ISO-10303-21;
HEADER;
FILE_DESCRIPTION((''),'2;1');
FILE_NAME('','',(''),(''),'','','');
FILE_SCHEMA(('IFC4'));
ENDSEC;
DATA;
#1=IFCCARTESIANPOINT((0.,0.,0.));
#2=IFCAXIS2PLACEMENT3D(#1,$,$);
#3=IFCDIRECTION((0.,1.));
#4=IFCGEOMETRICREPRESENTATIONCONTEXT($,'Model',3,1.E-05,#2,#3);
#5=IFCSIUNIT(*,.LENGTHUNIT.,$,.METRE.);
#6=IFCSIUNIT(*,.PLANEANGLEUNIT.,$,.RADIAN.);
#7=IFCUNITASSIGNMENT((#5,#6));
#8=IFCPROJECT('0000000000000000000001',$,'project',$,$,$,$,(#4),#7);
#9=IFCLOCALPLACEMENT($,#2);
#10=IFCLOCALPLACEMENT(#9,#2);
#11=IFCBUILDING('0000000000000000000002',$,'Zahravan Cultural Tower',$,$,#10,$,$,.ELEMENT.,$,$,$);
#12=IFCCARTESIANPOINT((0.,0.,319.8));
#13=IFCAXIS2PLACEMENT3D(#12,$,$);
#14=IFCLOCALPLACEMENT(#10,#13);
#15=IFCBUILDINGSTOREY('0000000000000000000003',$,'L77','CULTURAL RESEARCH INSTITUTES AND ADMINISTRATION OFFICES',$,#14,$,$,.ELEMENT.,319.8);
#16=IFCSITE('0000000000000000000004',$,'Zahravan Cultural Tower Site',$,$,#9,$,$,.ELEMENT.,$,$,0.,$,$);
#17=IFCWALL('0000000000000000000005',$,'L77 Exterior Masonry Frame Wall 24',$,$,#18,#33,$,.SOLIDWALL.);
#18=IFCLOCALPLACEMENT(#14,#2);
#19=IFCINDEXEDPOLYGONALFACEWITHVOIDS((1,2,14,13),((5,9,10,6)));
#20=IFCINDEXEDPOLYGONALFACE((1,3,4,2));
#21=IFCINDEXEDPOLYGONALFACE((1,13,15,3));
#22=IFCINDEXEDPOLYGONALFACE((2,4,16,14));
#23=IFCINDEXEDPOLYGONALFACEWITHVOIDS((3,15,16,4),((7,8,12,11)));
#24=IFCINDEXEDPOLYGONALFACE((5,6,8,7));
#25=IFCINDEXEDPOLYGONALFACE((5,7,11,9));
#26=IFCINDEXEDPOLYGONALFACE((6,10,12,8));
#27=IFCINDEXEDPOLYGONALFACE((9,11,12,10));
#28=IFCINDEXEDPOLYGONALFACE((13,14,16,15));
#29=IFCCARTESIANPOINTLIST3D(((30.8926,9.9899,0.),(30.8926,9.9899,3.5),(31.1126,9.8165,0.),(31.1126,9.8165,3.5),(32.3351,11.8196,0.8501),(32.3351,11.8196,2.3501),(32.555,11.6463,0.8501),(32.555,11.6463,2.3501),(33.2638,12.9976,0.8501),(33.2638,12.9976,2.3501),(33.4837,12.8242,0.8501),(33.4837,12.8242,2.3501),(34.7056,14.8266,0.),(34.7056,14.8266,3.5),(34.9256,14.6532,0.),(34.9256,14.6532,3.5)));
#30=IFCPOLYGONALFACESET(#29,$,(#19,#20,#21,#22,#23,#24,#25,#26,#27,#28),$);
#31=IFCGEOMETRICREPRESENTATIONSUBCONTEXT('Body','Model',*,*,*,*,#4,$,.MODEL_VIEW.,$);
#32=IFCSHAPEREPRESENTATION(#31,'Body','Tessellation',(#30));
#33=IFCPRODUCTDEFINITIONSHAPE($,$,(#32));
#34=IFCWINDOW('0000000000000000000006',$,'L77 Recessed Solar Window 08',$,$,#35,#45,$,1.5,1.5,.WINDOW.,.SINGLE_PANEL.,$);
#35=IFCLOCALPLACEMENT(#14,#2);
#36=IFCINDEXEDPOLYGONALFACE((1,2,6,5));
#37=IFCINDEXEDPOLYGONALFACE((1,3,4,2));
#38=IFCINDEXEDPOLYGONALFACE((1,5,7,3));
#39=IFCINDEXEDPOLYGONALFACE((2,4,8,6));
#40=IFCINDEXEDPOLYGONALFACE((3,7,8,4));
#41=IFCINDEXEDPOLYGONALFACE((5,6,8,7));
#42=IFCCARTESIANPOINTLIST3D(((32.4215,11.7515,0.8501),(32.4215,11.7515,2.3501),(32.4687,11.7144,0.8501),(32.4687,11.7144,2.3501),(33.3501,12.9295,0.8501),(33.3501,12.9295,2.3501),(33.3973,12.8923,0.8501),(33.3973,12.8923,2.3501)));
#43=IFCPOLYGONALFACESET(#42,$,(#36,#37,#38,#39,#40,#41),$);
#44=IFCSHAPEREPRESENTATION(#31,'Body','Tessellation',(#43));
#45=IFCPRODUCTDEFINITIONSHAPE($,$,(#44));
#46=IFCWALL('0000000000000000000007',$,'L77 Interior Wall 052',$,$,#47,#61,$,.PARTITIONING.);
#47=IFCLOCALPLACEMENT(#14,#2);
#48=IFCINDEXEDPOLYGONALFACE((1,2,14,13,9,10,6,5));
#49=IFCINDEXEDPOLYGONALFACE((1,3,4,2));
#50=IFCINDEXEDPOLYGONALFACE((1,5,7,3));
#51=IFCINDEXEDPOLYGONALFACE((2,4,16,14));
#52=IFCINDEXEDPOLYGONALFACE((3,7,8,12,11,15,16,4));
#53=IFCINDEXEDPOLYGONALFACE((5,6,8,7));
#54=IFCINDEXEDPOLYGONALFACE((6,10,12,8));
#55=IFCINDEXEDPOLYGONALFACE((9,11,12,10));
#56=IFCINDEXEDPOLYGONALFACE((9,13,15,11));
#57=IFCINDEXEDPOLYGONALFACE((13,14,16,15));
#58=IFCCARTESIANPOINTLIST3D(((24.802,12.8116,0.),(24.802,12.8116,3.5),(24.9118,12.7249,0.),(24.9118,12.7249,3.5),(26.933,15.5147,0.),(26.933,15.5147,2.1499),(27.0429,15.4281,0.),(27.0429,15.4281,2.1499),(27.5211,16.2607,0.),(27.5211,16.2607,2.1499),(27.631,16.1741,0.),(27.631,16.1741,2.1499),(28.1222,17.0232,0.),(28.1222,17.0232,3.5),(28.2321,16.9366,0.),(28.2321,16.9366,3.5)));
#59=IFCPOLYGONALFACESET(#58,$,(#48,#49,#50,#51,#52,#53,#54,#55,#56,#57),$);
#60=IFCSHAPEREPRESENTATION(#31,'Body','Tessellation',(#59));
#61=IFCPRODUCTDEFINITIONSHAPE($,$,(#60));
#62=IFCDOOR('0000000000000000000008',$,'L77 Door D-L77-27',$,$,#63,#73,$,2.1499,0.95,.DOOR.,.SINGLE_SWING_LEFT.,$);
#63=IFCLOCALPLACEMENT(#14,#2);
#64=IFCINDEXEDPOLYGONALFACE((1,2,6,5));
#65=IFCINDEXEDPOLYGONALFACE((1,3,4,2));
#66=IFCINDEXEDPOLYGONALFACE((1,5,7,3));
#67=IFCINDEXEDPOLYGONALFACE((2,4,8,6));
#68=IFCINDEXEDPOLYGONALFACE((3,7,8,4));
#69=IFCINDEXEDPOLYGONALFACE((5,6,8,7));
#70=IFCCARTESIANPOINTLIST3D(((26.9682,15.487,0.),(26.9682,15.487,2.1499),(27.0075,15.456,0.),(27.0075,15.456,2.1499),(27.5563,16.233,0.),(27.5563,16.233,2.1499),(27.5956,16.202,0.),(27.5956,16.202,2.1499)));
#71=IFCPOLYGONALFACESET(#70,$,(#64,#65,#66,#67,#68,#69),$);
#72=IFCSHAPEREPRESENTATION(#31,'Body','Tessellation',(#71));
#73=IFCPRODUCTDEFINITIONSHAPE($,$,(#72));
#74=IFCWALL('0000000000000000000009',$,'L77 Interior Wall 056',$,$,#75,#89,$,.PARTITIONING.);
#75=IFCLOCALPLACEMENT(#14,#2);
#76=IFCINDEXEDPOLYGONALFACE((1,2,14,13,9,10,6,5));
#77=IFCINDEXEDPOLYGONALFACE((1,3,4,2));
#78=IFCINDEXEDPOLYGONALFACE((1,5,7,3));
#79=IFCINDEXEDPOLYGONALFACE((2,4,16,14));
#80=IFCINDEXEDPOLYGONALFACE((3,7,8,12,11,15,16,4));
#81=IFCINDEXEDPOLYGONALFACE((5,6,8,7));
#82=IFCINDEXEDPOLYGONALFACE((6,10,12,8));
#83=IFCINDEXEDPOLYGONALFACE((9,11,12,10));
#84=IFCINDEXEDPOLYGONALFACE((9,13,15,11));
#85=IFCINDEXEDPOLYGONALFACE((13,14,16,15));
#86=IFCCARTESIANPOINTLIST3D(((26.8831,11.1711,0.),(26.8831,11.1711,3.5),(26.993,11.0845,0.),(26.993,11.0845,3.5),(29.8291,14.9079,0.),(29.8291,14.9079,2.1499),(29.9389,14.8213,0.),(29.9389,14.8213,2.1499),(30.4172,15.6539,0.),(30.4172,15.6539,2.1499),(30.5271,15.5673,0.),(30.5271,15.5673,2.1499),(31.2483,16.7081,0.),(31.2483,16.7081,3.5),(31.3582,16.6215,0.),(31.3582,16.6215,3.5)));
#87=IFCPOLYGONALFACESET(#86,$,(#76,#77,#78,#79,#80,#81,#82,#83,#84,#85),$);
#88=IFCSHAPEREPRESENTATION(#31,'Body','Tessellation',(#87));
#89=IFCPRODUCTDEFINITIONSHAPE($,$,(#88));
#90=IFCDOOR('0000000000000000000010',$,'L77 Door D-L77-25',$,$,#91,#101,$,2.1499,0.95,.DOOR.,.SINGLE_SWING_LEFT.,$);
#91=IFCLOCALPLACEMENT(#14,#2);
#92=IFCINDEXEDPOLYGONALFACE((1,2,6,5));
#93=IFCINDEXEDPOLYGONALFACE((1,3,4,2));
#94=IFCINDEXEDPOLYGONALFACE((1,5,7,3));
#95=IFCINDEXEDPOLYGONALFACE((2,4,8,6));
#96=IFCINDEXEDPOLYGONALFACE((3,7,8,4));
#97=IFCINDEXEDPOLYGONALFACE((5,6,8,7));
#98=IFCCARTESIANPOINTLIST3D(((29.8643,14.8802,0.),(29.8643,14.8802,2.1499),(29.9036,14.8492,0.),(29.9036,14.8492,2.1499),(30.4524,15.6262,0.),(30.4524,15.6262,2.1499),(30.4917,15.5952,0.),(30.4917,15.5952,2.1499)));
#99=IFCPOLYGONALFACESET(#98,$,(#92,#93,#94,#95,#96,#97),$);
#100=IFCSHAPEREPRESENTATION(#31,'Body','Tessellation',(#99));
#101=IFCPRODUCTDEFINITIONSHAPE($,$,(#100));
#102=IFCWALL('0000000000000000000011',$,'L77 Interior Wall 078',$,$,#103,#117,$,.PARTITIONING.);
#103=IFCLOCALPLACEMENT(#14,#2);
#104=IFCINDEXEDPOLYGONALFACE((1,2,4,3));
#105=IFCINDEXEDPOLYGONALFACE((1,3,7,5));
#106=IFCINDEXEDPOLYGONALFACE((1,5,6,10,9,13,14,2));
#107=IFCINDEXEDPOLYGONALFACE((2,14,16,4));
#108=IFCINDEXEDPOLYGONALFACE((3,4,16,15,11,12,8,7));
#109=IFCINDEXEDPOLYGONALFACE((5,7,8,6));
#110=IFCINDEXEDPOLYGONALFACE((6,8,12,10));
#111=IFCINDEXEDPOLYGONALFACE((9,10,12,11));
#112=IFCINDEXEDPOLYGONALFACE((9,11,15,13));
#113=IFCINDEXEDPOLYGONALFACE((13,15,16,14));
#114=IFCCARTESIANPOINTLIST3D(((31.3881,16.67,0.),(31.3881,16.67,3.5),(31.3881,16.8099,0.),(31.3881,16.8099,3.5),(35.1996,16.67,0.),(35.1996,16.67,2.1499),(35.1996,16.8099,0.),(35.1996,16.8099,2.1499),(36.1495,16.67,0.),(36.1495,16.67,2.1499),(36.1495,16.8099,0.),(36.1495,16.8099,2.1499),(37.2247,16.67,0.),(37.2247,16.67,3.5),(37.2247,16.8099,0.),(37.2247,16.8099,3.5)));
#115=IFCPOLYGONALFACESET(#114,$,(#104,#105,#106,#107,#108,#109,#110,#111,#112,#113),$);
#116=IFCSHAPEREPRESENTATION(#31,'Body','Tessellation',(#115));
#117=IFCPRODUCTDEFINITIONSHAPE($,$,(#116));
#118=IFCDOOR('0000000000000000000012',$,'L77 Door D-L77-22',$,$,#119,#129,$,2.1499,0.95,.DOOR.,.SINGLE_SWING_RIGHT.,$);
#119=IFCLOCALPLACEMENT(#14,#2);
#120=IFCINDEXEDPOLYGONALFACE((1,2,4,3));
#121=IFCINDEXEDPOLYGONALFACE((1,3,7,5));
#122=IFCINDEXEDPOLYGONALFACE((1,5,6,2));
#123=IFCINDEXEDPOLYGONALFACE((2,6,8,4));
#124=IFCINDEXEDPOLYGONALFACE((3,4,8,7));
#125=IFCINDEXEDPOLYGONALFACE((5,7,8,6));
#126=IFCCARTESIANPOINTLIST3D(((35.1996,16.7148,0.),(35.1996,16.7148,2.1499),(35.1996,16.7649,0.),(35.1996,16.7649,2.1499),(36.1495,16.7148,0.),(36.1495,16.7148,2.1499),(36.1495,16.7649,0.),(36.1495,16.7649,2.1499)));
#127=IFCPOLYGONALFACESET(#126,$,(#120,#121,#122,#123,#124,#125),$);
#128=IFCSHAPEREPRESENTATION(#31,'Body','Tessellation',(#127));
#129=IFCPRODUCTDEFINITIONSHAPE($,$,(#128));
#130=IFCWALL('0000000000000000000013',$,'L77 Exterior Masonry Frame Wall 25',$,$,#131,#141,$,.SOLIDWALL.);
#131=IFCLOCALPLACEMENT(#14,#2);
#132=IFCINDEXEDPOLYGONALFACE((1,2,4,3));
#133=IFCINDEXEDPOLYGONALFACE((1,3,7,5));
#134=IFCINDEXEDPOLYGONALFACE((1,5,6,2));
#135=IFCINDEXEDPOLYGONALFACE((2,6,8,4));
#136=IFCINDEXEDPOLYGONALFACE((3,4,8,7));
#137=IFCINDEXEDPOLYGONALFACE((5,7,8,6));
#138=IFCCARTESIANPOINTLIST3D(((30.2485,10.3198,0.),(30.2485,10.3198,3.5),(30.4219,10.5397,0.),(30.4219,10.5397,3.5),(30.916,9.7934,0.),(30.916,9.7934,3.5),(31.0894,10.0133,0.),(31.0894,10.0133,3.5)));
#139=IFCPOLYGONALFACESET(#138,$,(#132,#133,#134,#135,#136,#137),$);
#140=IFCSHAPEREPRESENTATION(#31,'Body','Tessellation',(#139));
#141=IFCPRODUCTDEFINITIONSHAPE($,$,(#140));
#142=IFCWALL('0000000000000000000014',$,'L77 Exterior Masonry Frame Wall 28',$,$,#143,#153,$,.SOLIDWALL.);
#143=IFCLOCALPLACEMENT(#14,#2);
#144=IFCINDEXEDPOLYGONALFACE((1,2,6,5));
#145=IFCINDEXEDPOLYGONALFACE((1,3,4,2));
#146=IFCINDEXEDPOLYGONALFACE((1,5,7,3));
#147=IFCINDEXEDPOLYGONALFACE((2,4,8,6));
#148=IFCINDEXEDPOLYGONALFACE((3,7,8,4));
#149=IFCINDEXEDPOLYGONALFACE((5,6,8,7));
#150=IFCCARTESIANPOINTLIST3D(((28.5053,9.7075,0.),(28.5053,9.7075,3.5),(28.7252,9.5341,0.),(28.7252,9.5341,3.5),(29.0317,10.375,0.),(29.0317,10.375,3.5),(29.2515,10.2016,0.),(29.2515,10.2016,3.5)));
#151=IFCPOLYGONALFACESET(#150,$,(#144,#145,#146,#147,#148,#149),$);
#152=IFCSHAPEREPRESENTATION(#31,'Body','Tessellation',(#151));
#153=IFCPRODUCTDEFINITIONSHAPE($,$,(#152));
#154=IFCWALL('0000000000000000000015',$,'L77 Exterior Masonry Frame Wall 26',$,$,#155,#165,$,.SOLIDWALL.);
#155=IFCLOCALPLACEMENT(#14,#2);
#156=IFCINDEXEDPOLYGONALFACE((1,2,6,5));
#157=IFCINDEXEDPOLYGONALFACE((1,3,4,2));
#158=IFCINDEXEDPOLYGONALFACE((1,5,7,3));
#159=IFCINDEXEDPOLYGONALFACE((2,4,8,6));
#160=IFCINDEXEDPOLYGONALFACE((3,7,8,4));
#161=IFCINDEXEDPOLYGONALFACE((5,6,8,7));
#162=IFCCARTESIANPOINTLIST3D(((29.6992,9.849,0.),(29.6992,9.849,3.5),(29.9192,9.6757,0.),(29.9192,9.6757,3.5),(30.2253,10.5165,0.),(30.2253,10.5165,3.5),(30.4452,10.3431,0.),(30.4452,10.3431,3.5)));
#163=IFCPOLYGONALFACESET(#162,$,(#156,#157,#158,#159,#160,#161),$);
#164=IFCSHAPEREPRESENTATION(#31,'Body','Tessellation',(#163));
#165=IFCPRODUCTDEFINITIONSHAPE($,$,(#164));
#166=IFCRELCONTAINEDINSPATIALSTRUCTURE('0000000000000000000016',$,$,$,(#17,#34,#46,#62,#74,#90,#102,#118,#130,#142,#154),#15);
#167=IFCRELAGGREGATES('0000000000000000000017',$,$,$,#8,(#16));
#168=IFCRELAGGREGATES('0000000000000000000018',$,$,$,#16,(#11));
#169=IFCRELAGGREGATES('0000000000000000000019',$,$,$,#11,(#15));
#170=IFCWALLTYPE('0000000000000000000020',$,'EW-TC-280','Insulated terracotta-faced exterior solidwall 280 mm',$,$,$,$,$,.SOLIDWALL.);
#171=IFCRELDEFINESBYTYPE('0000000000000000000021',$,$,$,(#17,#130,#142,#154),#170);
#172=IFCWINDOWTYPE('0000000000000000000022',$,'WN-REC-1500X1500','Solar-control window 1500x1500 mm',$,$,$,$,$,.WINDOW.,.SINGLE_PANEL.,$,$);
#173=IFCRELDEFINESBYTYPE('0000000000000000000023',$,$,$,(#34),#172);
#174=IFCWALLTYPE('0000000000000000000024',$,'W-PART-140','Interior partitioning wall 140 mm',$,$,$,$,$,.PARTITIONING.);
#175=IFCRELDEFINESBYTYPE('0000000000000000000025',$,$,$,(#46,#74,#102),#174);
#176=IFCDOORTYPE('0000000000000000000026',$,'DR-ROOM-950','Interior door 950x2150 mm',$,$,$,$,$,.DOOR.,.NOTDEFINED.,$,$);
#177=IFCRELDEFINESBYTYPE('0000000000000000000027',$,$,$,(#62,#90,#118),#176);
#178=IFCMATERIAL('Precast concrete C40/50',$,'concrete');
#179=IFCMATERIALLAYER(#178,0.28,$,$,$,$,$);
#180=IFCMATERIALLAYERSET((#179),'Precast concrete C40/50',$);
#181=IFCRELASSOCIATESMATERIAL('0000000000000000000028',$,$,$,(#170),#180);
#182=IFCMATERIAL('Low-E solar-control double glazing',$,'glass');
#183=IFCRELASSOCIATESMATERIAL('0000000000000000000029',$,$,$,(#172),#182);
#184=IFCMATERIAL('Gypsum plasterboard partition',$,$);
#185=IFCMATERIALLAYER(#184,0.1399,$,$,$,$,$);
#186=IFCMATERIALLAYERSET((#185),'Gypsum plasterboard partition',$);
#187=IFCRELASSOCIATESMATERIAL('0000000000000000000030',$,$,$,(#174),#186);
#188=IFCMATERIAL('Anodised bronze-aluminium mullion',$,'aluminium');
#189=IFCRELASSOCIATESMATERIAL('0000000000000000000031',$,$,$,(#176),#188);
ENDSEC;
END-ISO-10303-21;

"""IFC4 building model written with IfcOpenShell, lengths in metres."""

from ifc_helpers import new_model, si_unit, direction, frame, frame_2d, origin, place, context, subcontext, project, spatial, rectangle, extrude, source, transform, mapped, material, layer, layer_set, type_object, element, fill, save


model = new_model("IFC4")

# Units and contexts
model_context = context("Model", 3, precision=1e-05, world=origin(), true_north=direction((0.0, 1.0)))
body_context = subcontext(model_context, "Body", "Model", "MODEL_VIEW")
ifc_project = project(units=[si_unit("LENGTHUNIT", "METRE"), si_unit("PLANEANGLEUNIT", "RADIAN")], contexts=[model_context])

# Site, building, storey
site_placement = place(None, origin())
site = spatial("IfcSite", under=ifc_project, at=site_placement, Name="Zahravan Cultural Tower Site", CompositionType="ELEMENT", RefElevation=0.0)
building_placement = place(site_placement, origin())
building = spatial("IfcBuilding", under=site, at=building_placement, Name="Zahravan Cultural Tower", CompositionType="ELEMENT")
storey_placement = place(building_placement, frame((0.0, 0.0, 319.8)))
storey = spatial("IfcBuildingStorey", under=building, at=storey_placement, Name="L77", Description="CULTURAL RESEARCH INSTITUTES AND ADMINISTRATION OFFICES", CompositionType="ELEMENT", Elevation=319.8)

# Wall, opening, window
ifc_material_1 = material(Name="Precast concrete C40/50", Category="concrete")
ifc_layer_1 = layer(ifc_material_1, 0.28)
ifc_layer_set_1 = layer_set([ifc_layer_1], Name="Precast concrete C40/50")
wall_type_1 = type_object("IfcWallType", Name="EW-TC-280", Description="Insulated terracotta-faced exterior solidwall 280 mm", PredefinedType="SOLIDWALL", material=ifc_layer_set_1)
wall_1_placement = place(storey_placement, frame((34.8157, 14.74, 0.0), z_axis=(0.0, 0.0, 1.0), x_axis=(-0.6191, -0.785312, 0.0)))
wall_1 = element("IfcWall", 1, at=wall_1_placement, inside=storey, type_object=wall_type_1, Name="L77 Exterior Masonry Frame Wall 24", PredefinedType="SOLIDWALL", context=body_context, shape_type="SweptSolid", body=[
    extrude(rectangle(XDim=6.1589, YDim=0.28, at=frame_2d((3.0796, 0.0))), origin(), (0.0, 0.0, 1.0), 3.5),
])
opening_1_placement = place(wall_1_placement, frame((2.3291, 0.0, 0.8501)))
opening_1 = element("IfcOpeningElement", 2, at=opening_1_placement, cuts=wall_1, PredefinedType="OPENING", context=body_context, shape_type="SweptSolid", body=[
    extrude(rectangle(XDim=1.5, YDim=1.5, at=frame_2d((0.75, 0.75))), frame((0.0, 0.1499, 0.0), z_axis=(0.0, -1.0, 0.0), x_axis=(1.0, 0.0, 0.0)), (0.0, 0.0, 1.0), 0.3),
])
ifc_material_2 = material(Name="Low-E solar-control double glazing", Category="glass")
window_type = type_object("IfcWindowType", Name="WN-REC-1500X1500", Description="Solar-control window 1500x1500 mm", PartitioningType="SINGLE_PANEL", PredefinedType="WINDOW", material=ifc_material_2)
shared_shape_1 = source(origin(), body_context, "Body", "SweptSolid", [
    extrude(rectangle(XDim=1.5, YDim=1.5, at=frame_2d((0.75, 0.75))), frame((0.0, 0.03, 0.0), z_axis=(0.0, -1.0, 0.0), x_axis=(1.0, 0.0, 0.0)), (0.0, 0.0, 1.0), 0.0601),
])
window_placement = place(opening_1_placement, origin())
window = element("IfcWindow", 3, at=window_placement, inside=storey, type_object=window_type, Name="L77 Recessed Solar Window 08", OverallHeight=1.5, OverallWidth=1.5, PartitioningType="SINGLE_PANEL", PredefinedType="WINDOW", context=body_context, shape_type="MappedRepresentation", body=[
    mapped(shared_shape_1, transform((0.0, 0.0, 0.0), x_axis=(1.0, 0.0, 0.0), y_axis=(0.0, 1.0, 0.0), z_axis=(0.0, 0.0, 1.0), scale=1.0)),
])
fill(opening_1, window)

# Walls, openings, doors
ifc_material_3 = material(Name="Gypsum plasterboard partition")
ifc_layer_2 = layer(ifc_material_3, 0.1399)
ifc_layer_set_2 = layer_set([ifc_layer_2], Name="Gypsum plasterboard partition")
wall_type_2 = type_object("IfcWallType", Name="W-PART-140", Description="Interior partitioning wall 140 mm", PredefinedType="PARTITIONING", material=ifc_layer_set_2)
wall_2_placement = place(storey_placement, frame((28.1772, 16.98, 0.0), z_axis=(0.0, 0.0, 1.0), x_axis=(-0.619105, -0.785308, 0.0)))
wall_2 = element("IfcWall", 4, at=wall_2_placement, inside=storey, type_object=wall_type_2, Name="L77 Interior Wall 052", PredefinedType="PARTITIONING", context=body_context, shape_type="SweptSolid", body=[
    extrude(rectangle(XDim=5.363, YDim=0.1399, at=frame_2d((2.6816, 0.0))), origin(), (0.0, 0.0, 1.0), 3.5),
])
opening_2_placement = place(wall_2_placement, frame((0.9709, 0.0, 0.0)))
opening_2 = element("IfcOpeningElement", 5, at=opening_2_placement, cuts=wall_2, PredefinedType="OPENING", context=body_context, shape_type="SweptSolid", body=[
    extrude(rectangle(XDim=0.95, YDim=2.1499, at=frame_2d((0.4751, 1.075))), frame((0.0, 0.0798, 0.0), z_axis=(0.0, -1.0, 0.0), x_axis=(1.0, 0.0, 0.0)), (0.0, 0.0, 1.0), 0.1599),
])
ifc_material_4 = material(Name="Anodised bronze-aluminium mullion", Category="aluminium")
door_type = type_object("IfcDoorType", Name="DR-ROOM-950", Description="Interior door 950x2150 mm", OperationType="NOTDEFINED", PredefinedType="DOOR", material=ifc_material_4)
shared_shape_2 = source(origin(), body_context, "Body", "SweptSolid", [
    extrude(rectangle(XDim=0.95, YDim=2.1499, at=frame_2d((0.4751, 1.075))), frame((0.0, 0.0249, 0.0), z_axis=(0.0, -1.0, 0.0), x_axis=(1.0, 0.0, 0.0)), (0.0, 0.0, 1.0), 0.05),
])
door_1_placement = place(opening_2_placement, origin())
door_1 = element("IfcDoor", 6, at=door_1_placement, inside=storey, type_object=door_type, Name="L77 Door D-L77-27", OperationType="SINGLE_SWING_LEFT", OverallHeight=2.1499, OverallWidth=0.95, PredefinedType="DOOR", context=body_context, shape_type="MappedRepresentation", body=[
    mapped(shared_shape_2, transform((0.0, 0.0, 0.0), x_axis=(1.0, 0.0, 0.0), y_axis=(0.0, 1.0, 0.0), z_axis=(0.0, 0.0, 1.0), scale=1.0)),
])
fill(opening_2, door_1)
wall_3_placement = place(storey_placement, frame((31.3032, 16.6648, 0.0), z_axis=(0.0, 0.0, 1.0), x_axis=(-0.619105, -0.785308, 0.0)))
wall_3 = element("IfcWall", 7, at=wall_3_placement, inside=storey, type_object=wall_type_2, Name="L77 Interior Wall 056", PredefinedType="PARTITIONING", context=body_context, shape_type="SweptSolid", body=[
    extrude(rectangle(XDim=7.0508, YDim=0.1399, at=frame_2d((3.5254, 0.0))), origin(), (0.0, 0.0, 1.0), 3.5),
])
opening_3_placement = place(wall_3_placement, frame((1.3423, 0.0, 0.0)))
opening_3 = element("IfcOpeningElement", 8, at=opening_3_placement, cuts=wall_3, PredefinedType="OPENING", context=body_context, shape_type="SweptSolid", body=[
    extrude(rectangle(XDim=0.95, YDim=2.1499, at=frame_2d((0.4751, 1.075))), frame((0.0, 0.0798, 0.0), z_axis=(0.0, -1.0, 0.0), x_axis=(1.0, 0.0, 0.0)), (0.0, 0.0, 1.0), 0.1599),
])
door_2_placement = place(opening_3_placement, origin())
door_2 = element("IfcDoor", 9, at=door_2_placement, inside=storey, type_object=door_type, Name="L77 Door D-L77-25", OperationType="SINGLE_SWING_LEFT", OverallHeight=2.1499, OverallWidth=0.95, PredefinedType="DOOR", context=body_context, shape_type="MappedRepresentation", body=[
    mapped(shared_shape_2, transform((0.0, 0.0, 0.0), x_axis=(1.0, 0.0, 0.0), y_axis=(0.0, 1.0, 0.0), z_axis=(0.0, 0.0, 1.0), scale=1.0)),
])
fill(opening_3, door_2)
wall_4_placement = place(storey_placement, frame((31.3879, 16.74, 0.0), z_axis=(0.0, 0.0, 1.0), x_axis=(1.0, 0.0, 0.0)))
wall_4 = element("IfcWall", 10, at=wall_4_placement, inside=storey, type_object=wall_type_2, Name="L77 Interior Wall 078", PredefinedType="PARTITIONING", context=body_context, shape_type="SweptSolid", body=[
    extrude(rectangle(XDim=5.8367, YDim=0.1399, at=frame_2d((2.9185, 0.0))), origin(), (0.0, 0.0, 1.0), 3.5),
])
opening_4_placement = place(wall_4_placement, frame((3.8115, 0.0, 0.0)))
opening_4 = element("IfcOpeningElement", 11, at=opening_4_placement, cuts=wall_4, PredefinedType="OPENING", context=body_context, shape_type="SweptSolid", body=[
    extrude(rectangle(XDim=0.95, YDim=2.1499, at=frame_2d((0.4751, 1.075))), frame((0.0, 0.0798, 0.0), z_axis=(0.0, -1.0, 0.0), x_axis=(1.0, 0.0, 0.0)), (0.0, 0.0, 1.0), 0.1599),
])
door_3_placement = place(opening_4_placement, origin())
door_3 = element("IfcDoor", 12, at=door_3_placement, inside=storey, type_object=door_type, Name="L77 Door D-L77-22", OperationType="SINGLE_SWING_RIGHT", OverallHeight=2.1499, OverallWidth=0.95, PredefinedType="DOOR", context=body_context, shape_type="MappedRepresentation", body=[
    mapped(shared_shape_2, transform((0.0, 0.0, 0.0), x_axis=(1.0, 0.0, 0.0), y_axis=(0.0, 1.0, 0.0), z_axis=(0.0, 0.0, 1.0), scale=1.0)),
])
fill(opening_4, door_3)

# Walls
shared_shape_3 = source(origin(), body_context, "Body", "SweptSolid", [
    extrude(rectangle(XDim=0.8501, YDim=0.28, at=frame_2d((0.425, 0.0))), origin(), (0.0, 0.0, 1.0), 3.5),
])
for number, where, z_axis, x_axis, name in (
    (13, (31.0027, 9.9033, 0.0), (0.0, 0.0, 1.0), (-0.785221, 0.619216, 0.0), "L77 Exterior Masonry Frame Wall 25"),
    (14, (29.1416, 10.2883, 0.0), (0.0, 0.0, 1.0), (-0.619216, -0.785221, 0.0), "L77 Exterior Masonry Frame Wall 28"),
):
    element("IfcWall", number, at=place(storey_placement, frame(where, z_axis=z_axis, x_axis=x_axis)), inside=storey, type_object=wall_type_1, Name=name, PredefinedType="SOLIDWALL", context=body_context, shape_type="MappedRepresentation", body=[
        mapped(shared_shape_3, transform((0.0, 0.0, 0.0), x_axis=(1.0, 0.0, 0.0), y_axis=(0.0, 1.0, 0.0), z_axis=(0.0, 0.0, 1.0), scale=1.0)),
    ])
shared_shape_4 = source(origin(), body_context, "Body", "SweptSolid", [
    extrude(rectangle(XDim=0.8499, YDim=0.28, at=frame_2d((0.4248, 0.0))), origin(), (0.0, 0.0, 1.0), 3.5),
])
for number, where, z_axis, x_axis, name in (
    (15, (30.3352, 10.4297, 0.0), (0.0, 0.0, 1.0), (-0.619039, -0.78536, 0.0), "L77 Exterior Masonry Frame Wall 26"),
):
    element("IfcWall", number, at=place(storey_placement, frame(where, z_axis=z_axis, x_axis=x_axis)), inside=storey, type_object=wall_type_1, Name=name, PredefinedType="SOLIDWALL", context=body_context, shape_type="MappedRepresentation", body=[
        mapped(shared_shape_4, transform((0.0, 0.0, 0.0), x_axis=(1.0, 0.0, 0.0), y_axis=(0.0, 1.0, 0.0), z_axis=(0.0, 0.0, 1.0), scale=1.0)),
    ])

save(model, "model.ifc")
